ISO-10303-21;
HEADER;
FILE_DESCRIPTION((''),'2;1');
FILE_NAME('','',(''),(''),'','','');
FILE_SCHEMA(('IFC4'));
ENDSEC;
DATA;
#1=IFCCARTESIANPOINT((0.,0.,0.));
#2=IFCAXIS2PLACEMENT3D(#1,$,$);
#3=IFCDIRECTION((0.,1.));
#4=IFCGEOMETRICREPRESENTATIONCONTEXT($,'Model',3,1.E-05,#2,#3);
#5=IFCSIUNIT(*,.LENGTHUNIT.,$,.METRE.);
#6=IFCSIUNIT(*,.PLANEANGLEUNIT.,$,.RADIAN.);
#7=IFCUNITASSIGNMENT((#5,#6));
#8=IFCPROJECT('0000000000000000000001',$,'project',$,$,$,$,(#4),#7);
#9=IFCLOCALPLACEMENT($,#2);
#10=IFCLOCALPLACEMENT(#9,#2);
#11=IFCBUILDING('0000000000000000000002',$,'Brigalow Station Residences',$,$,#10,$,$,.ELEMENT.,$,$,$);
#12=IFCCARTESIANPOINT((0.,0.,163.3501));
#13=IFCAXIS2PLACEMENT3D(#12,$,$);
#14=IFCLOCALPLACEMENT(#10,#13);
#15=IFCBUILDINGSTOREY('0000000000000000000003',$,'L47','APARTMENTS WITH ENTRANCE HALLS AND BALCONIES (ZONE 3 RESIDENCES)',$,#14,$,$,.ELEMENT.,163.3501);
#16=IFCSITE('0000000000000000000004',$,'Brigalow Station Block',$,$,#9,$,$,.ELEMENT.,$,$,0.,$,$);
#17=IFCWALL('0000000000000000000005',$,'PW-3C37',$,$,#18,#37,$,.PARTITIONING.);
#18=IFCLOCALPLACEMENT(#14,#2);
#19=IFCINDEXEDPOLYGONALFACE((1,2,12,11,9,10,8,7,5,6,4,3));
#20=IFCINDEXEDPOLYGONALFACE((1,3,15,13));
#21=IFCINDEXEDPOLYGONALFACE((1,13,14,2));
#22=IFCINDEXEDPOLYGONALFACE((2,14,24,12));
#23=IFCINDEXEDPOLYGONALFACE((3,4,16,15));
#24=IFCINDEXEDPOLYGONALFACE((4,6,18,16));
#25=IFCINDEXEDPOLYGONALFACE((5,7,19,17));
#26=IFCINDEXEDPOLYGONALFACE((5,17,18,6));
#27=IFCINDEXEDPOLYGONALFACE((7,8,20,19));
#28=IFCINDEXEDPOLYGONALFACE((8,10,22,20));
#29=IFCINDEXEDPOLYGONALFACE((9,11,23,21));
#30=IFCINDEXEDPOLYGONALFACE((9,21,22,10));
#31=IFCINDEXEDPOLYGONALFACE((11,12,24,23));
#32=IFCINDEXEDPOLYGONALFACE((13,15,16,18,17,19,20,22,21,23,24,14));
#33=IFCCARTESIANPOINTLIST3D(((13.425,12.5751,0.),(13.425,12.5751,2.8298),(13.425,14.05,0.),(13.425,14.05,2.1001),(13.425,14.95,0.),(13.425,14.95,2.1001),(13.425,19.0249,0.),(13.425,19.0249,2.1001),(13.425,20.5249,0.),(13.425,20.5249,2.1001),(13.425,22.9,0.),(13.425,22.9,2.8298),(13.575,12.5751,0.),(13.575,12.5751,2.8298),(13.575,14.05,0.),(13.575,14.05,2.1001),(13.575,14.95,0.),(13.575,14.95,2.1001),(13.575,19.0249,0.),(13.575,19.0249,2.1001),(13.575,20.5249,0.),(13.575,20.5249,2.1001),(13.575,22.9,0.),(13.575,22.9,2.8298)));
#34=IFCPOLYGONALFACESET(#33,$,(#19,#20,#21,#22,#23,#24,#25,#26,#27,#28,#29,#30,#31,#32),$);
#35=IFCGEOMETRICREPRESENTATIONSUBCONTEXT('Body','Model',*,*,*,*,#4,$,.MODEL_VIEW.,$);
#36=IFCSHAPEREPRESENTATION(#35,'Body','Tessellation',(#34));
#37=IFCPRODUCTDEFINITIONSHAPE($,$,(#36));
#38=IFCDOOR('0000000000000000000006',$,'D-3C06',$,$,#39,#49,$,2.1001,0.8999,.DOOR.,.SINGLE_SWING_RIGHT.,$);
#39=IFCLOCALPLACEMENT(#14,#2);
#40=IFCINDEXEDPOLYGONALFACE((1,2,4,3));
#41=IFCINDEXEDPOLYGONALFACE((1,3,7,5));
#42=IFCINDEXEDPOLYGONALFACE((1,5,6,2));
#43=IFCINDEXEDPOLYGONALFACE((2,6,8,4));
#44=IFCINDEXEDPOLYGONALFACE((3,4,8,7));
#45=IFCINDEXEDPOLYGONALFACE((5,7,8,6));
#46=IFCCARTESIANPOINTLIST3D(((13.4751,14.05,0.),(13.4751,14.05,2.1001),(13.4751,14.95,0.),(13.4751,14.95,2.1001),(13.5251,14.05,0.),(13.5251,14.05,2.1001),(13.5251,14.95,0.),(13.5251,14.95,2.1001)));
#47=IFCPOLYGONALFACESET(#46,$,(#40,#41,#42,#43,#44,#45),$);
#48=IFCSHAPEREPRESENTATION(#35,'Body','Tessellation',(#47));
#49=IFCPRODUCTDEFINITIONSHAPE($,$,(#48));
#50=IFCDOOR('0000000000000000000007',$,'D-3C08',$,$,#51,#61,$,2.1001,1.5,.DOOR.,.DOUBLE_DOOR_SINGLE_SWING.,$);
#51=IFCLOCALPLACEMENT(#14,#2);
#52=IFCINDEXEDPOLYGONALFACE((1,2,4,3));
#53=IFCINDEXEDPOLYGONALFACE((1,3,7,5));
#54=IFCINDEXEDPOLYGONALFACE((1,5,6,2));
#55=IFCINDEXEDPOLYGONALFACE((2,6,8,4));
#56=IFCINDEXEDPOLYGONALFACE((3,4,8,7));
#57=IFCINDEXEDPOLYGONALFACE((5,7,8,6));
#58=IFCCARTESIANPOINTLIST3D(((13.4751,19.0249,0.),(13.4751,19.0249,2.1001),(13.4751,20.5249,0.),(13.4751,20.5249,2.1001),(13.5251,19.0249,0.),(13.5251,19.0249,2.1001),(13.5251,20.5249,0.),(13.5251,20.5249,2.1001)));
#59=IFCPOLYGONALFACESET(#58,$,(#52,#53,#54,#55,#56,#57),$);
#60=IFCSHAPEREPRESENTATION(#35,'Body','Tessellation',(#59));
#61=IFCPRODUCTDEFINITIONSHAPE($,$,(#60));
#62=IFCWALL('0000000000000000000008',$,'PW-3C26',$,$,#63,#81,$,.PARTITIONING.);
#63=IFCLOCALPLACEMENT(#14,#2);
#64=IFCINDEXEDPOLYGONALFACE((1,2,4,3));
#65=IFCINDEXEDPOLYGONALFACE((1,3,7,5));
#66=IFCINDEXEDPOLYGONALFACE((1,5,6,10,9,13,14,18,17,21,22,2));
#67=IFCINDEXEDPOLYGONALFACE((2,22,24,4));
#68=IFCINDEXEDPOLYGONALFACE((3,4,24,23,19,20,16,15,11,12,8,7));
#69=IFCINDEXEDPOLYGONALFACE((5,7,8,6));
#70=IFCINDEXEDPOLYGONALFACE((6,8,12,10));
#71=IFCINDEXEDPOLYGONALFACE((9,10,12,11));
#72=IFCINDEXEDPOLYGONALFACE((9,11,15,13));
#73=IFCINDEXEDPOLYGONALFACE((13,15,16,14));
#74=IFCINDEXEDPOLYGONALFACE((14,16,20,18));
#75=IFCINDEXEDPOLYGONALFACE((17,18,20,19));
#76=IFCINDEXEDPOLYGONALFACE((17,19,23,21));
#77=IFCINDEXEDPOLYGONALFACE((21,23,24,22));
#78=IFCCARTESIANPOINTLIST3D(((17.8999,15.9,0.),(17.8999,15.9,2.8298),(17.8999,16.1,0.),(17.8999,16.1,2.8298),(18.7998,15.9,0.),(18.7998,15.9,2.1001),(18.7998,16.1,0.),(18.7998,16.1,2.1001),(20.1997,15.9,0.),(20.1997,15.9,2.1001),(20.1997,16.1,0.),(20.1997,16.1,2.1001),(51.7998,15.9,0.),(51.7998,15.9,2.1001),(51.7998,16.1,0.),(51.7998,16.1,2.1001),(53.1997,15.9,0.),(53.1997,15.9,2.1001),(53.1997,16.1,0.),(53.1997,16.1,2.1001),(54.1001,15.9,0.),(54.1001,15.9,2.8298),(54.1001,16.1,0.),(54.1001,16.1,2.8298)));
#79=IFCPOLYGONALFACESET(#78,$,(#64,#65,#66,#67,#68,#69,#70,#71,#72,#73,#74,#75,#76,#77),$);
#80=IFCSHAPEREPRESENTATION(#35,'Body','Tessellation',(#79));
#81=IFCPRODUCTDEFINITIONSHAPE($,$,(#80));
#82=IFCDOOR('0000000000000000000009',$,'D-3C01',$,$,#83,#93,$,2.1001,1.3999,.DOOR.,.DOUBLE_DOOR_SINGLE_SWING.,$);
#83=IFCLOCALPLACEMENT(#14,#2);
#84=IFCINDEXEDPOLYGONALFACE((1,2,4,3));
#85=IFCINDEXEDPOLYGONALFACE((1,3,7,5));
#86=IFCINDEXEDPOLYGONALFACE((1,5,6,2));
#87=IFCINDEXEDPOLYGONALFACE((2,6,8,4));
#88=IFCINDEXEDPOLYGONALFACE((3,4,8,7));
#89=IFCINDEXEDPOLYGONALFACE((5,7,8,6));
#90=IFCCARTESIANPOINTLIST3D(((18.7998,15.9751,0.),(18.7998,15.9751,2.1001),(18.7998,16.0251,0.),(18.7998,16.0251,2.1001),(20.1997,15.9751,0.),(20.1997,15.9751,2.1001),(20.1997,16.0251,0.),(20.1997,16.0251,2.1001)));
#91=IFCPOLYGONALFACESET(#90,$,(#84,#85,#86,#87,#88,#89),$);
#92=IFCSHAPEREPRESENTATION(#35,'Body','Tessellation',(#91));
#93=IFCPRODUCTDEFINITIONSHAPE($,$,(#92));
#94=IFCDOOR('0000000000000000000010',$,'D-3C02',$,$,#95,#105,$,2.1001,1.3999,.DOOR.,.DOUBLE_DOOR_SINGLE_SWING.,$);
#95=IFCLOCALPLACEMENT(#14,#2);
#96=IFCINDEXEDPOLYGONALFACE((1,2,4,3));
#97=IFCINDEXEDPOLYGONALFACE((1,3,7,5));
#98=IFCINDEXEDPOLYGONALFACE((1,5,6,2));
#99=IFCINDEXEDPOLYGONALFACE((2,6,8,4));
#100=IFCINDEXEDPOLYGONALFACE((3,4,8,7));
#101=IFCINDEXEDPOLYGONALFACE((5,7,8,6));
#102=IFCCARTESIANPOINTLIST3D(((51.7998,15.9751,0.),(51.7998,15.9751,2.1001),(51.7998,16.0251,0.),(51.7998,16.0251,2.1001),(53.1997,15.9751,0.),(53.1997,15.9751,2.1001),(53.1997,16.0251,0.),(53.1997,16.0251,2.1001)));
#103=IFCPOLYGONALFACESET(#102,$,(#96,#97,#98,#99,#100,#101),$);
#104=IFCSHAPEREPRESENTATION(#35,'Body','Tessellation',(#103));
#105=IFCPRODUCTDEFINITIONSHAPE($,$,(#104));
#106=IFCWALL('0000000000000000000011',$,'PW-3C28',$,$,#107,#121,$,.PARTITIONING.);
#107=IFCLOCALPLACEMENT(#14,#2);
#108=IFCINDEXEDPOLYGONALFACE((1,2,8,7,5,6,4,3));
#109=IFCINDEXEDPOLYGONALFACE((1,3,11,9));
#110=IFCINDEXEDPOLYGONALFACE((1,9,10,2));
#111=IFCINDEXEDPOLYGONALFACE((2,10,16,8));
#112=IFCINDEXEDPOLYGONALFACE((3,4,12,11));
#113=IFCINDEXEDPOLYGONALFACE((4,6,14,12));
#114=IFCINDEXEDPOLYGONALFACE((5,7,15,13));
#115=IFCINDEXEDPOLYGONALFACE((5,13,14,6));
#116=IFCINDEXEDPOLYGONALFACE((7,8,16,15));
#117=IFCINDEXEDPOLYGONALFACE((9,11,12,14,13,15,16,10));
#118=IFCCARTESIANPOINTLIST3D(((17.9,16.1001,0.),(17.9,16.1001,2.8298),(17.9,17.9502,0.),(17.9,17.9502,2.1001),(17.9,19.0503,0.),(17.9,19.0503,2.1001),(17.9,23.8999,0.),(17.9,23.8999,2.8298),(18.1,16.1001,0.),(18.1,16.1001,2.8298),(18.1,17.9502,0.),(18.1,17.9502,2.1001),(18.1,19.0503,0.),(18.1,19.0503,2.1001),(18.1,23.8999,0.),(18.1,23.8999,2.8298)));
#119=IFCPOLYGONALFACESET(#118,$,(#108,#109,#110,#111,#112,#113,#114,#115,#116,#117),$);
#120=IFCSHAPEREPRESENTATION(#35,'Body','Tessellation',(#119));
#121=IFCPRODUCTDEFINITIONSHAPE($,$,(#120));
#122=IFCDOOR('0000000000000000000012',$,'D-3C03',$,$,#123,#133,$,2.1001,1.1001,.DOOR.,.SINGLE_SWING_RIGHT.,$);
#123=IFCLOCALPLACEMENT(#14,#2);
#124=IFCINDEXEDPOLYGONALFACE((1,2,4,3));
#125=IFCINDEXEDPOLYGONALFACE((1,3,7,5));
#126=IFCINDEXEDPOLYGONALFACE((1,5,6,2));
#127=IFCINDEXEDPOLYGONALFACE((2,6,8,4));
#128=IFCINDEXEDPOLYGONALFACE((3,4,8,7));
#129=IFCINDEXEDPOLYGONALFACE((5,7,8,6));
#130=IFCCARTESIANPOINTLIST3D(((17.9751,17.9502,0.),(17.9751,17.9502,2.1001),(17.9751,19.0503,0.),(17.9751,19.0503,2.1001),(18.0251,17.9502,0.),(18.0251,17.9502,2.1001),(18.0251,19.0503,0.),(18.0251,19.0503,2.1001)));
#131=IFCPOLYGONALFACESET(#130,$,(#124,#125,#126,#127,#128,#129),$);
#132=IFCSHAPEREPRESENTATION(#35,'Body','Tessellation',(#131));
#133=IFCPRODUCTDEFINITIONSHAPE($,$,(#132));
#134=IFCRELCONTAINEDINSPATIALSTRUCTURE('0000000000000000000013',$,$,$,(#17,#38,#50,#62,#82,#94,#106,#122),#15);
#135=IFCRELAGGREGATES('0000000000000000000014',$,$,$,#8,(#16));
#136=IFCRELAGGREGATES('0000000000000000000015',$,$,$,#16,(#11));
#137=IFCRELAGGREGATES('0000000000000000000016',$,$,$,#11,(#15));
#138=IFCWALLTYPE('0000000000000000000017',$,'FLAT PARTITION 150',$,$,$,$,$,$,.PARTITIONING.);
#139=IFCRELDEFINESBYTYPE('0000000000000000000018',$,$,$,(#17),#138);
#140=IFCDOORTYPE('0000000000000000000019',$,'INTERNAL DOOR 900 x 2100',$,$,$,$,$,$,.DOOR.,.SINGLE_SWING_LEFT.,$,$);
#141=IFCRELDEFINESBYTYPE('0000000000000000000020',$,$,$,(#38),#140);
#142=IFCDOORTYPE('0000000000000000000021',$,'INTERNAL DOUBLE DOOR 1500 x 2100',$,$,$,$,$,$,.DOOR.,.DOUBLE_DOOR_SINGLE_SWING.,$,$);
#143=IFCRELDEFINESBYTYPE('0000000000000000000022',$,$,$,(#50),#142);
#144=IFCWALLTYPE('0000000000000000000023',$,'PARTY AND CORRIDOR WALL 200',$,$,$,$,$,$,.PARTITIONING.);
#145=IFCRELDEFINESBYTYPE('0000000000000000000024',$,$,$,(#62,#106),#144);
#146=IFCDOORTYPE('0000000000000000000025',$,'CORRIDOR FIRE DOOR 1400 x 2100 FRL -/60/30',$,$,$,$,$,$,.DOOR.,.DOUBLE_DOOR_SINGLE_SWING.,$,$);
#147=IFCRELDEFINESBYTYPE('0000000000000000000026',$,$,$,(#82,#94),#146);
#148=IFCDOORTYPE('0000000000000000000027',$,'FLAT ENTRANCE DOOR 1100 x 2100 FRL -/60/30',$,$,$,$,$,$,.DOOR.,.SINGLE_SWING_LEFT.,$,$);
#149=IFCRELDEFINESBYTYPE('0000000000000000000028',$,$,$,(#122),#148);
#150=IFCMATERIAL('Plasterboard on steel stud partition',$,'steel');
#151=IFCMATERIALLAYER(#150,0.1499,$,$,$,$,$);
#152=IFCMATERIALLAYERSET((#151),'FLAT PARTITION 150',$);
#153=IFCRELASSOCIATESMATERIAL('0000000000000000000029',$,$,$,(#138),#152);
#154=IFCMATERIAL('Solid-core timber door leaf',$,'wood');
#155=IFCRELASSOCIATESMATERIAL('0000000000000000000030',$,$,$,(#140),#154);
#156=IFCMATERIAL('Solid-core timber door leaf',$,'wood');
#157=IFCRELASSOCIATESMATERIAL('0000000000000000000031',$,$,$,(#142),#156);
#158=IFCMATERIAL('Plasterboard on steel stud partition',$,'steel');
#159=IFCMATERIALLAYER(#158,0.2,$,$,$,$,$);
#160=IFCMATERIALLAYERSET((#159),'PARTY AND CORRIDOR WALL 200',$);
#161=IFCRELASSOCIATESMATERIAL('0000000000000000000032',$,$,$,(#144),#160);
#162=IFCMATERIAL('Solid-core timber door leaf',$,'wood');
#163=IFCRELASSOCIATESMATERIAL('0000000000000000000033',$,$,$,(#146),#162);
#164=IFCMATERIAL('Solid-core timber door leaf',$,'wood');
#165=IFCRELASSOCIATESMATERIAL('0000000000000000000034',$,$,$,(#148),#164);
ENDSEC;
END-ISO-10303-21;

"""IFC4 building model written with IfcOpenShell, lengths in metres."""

from ifc_helpers import new_model, si_unit, direction, frame, frame_2d, origin, place, context, subcontext, project, spatial, rectangle, extrude, material, layer, layer_set, type_object, element, fill, save


model = new_model("IFC4")

# Units and contexts
model_context = context("Model", 3, precision=1e-05, world=origin(), true_north=direction((0.0, 1.0)))
body_context = subcontext(model_context, "Body", "Model", "MODEL_VIEW")
ifc_project = project(units=[si_unit("LENGTHUNIT", "METRE"), si_unit("PLANEANGLEUNIT", "RADIAN")], contexts=[model_context])

# Site, building, storey
site_placement = place(None, origin())
site = spatial("IfcSite", under=ifc_project, at=site_placement, Name="Brigalow Station Block", CompositionType="ELEMENT", RefElevation=0.0)
building_placement = place(site_placement, origin())
building = spatial("IfcBuilding", under=site, at=building_placement, Name="Brigalow Station Residences", CompositionType="ELEMENT")
storey_placement = place(building_placement, frame((0.0, 0.0, 163.3501)))
storey = spatial("IfcBuildingStorey", under=building, at=storey_placement, Name="L47", Description="APARTMENTS WITH ENTRANCE HALLS AND BALCONIES (ZONE 3 RESIDENCES)", CompositionType="ELEMENT", Elevation=163.3501)

# Shared definitions
ifc_material_1 = material(Name="Plasterboard on steel stud partition", Category="steel")
ifc_layer_1 = layer(ifc_material_1, 0.1499)
ifc_layer_set_1 = layer_set([ifc_layer_1], Name="FLAT PARTITION 150")
wall_type_1 = type_object("IfcWallType", Name="FLAT PARTITION 150", PredefinedType="PARTITIONING", material=ifc_layer_set_1)
ifc_material_2 = material(Name="Solid-core timber door leaf", Category="wood")
door_type_1 = type_object("IfcDoorType", Name="INTERNAL DOOR 900 x 2100", OperationType="SINGLE_SWING_LEFT", PredefinedType="DOOR", material=ifc_material_2)

# Walls, openings, doors
wall_1_placement = place(storey_placement, frame((13.5, 12.575, 0.0), z_axis=(0.0, 0.0, 1.0), x_axis=(0.0, 1.0, 0.0)))
wall_1 = element("IfcWall", 1, at=wall_1_placement, inside=storey, type_object=wall_type_1, Name="PW-3C37", PredefinedType="PARTITIONING", context=body_context, shape_type="SweptSolid", body=[
    extrude(rectangle(XDim=10.325, YDim=0.1499, at=frame_2d((5.1626, 0.0))), origin(), (0.0, 0.0, 1.0), 2.8298),
])
opening_1_placement = place(wall_1_placement, frame((1.4751, 0.0, 0.0)))
opening_1 = element("IfcOpeningElement", 2, at=opening_1_placement, cuts=wall_1, PredefinedType="OPENING", context=body_context, shape_type="SweptSolid", body=[
    extrude(rectangle(XDim=0.8999, YDim=2.1001, at=frame_2d((0.45, 1.05))), frame((0.0, 0.085, 0.0), z_axis=(0.0, -1.0, 0.0), x_axis=(1.0, 0.0, 0.0)), (0.0, 0.0, 1.0), 0.1699),
])
opening_2_placement = place(wall_1_placement, frame((6.45, 0.0, 0.0)))
opening_2 = element("IfcOpeningElement", 3, at=opening_2_placement, cuts=wall_1, PredefinedType="OPENING", context=body_context, shape_type="SweptSolid", body=[
    extrude(rectangle(XDim=1.5, YDim=2.1001, at=frame_2d((0.75, 1.05))), frame((0.0, 0.085, 0.0), z_axis=(0.0, -1.0, 0.0), x_axis=(1.0, 0.0, 0.0)), (0.0, 0.0, 1.0), 0.1699),
])
door_1_placement = place(opening_1_placement, origin())
door_1 = element("IfcDoor", 4, at=door_1_placement, inside=storey, type_object=door_type_1, Name="D-3C06", OperationType="SINGLE_SWING_RIGHT", OverallHeight=2.1001, OverallWidth=0.8999, PredefinedType="DOOR", context=body_context, shape_type="SweptSolid", body=[
    extrude(rectangle(XDim=0.8999, YDim=2.1001, at=frame_2d((0.45, 1.05))), frame((0.0, 0.0249, 0.0), z_axis=(0.0, -1.0, 0.0), x_axis=(1.0, 0.0, 0.0)), (0.0, 0.0, 1.0), 0.05),
])
fill(opening_1, door_1)
ifc_material_3 = material(Name="Solid-core timber door leaf", Category="wood")
door_type_2 = type_object("IfcDoorType", Name="INTERNAL DOUBLE DOOR 1500 x 2100", OperationType="DOUBLE_DOOR_SINGLE_SWING", PredefinedType="DOOR", material=ifc_material_3)
door_2_placement = place(opening_2_placement, origin())
door_2 = element("IfcDoor", 5, at=door_2_placement, inside=storey, type_object=door_type_2, Name="D-3C08", OperationType="DOUBLE_DOOR_SINGLE_SWING", OverallHeight=2.1001, OverallWidth=1.5, PredefinedType="DOOR", context=body_context, shape_type="SweptSolid", body=[
    extrude(rectangle(XDim=1.5, YDim=2.1001, at=frame_2d((0.75, 1.05))), frame((0.0, 0.0249, 0.0), z_axis=(0.0, -1.0, 0.0), x_axis=(1.0, 0.0, 0.0)), (0.0, 0.0, 1.0), 0.05),
])
fill(opening_2, door_2)
ifc_material_4 = material(Name="Plasterboard on steel stud partition", Category="steel")
ifc_layer_2 = layer(ifc_material_4, 0.2)
ifc_layer_set_2 = layer_set([ifc_layer_2], Name="PARTY AND CORRIDOR WALL 200")
wall_type_2 = type_object("IfcWallType", Name="PARTY AND CORRIDOR WALL 200", PredefinedType="PARTITIONING", material=ifc_layer_set_2)
wall_2_placement = place(storey_placement, frame((17.8999, 16.0, 0.0), z_axis=(0.0, 0.0, 1.0), x_axis=(1.0, 0.0, 0.0)))
wall_2 = element("IfcWall", 6, at=wall_2_placement, inside=storey, type_object=wall_type_2, Name="PW-3C26", PredefinedType="PARTITIONING", context=body_context, shape_type="SweptSolid", body=[
    extrude(rectangle(XDim=36.2002, YDim=0.2, at=frame_2d((18.1001, 0.0))), origin(), (0.0, 0.0, 1.0), 2.8298),
])
opening_3_placement = place(wall_2_placement, frame((0.8999, 0.0, 0.0)))
opening_3 = element("IfcOpeningElement", 7, at=opening_3_placement, cuts=wall_2, PredefinedType="OPENING", context=body_context, shape_type="SweptSolid", body=[
    extrude(rectangle(XDim=1.3999, YDim=2.1001, at=frame_2d((0.7, 1.05))), frame((0.0, 0.1099, 0.0), z_axis=(0.0, -1.0, 0.0), x_axis=(1.0, 0.0, 0.0)), (0.0, 0.0, 1.0), 0.22),
])
opening_4_placement = place(wall_2_placement, frame((33.8999, 0.0, 0.0)))
opening_4 = element("IfcOpeningElement", 8, at=opening_4_placement, cuts=wall_2, PredefinedType="OPENING", context=body_context, shape_type="SweptSolid", body=[
    extrude(rectangle(XDim=1.3999, YDim=2.1001, at=frame_2d((0.7, 1.05))), frame((0.0, 0.1099, 0.0), z_axis=(0.0, -1.0, 0.0), x_axis=(1.0, 0.0, 0.0)), (0.0, 0.0, 1.0), 0.22),
])
ifc_material_5 = material(Name="Solid-core timber door leaf", Category="wood")
door_type_3 = type_object("IfcDoorType", Name="CORRIDOR FIRE DOOR 1400 x 2100 FRL -/60/30", OperationType="DOUBLE_DOOR_SINGLE_SWING", PredefinedType="DOOR", material=ifc_material_5)
door_3_placement = place(opening_3_placement, frame((1.3999, 0.0, 0.0), z_axis=(0.0, 0.0, 1.0), x_axis=(-1.0, 0.0, 0.0)))
door_3 = element("IfcDoor", 9, at=door_3_placement, inside=storey, type_object=door_type_3, Name="D-3C01", OperationType="DOUBLE_DOOR_SINGLE_SWING", OverallHeight=2.1001, OverallWidth=1.3999, PredefinedType="DOOR", context=body_context, shape_type="SweptSolid", body=[
    extrude(rectangle(XDim=1.3999, YDim=2.1001, at=frame_2d((0.7, 1.05))), frame((0.0, 0.0249, 0.0), z_axis=(0.0, -1.0, 0.0), x_axis=(1.0, 0.0, 0.0)), (0.0, 0.0, 1.0), 0.05),
])
fill(opening_3, door_3)
door_4_placement = place(opening_4_placement, frame((1.3999, 0.0, 0.0), z_axis=(0.0, 0.0, 1.0), x_axis=(-1.0, 0.0, 0.0)))
door_4 = element("IfcDoor", 10, at=door_4_placement, inside=storey, type_object=door_type_3, Name="D-3C02", OperationType="DOUBLE_DOOR_SINGLE_SWING", OverallHeight=2.1001, OverallWidth=1.3999, PredefinedType="DOOR", context=body_context, shape_type="SweptSolid", body=[
    extrude(rectangle(XDim=1.3999, YDim=2.1001, at=frame_2d((0.7, 1.05))), frame((0.0, 0.0249, 0.0), z_axis=(0.0, -1.0, 0.0), x_axis=(1.0, 0.0, 0.0)), (0.0, 0.0, 1.0), 0.05),
])
fill(opening_4, door_4)

# Wall, opening, door
wall_3_placement = place(storey_placement, frame((18.0, 16.1001, 0.0), z_axis=(0.0, 0.0, 1.0), x_axis=(0.0, 1.0, 0.0)))
wall_3 = element("IfcWall", 11, at=wall_3_placement, inside=storey, type_object=wall_type_2, Name="PW-3C28", PredefinedType="PARTITIONING", context=body_context, shape_type="SweptSolid", body=[
    extrude(rectangle(XDim=7.7998, YDim=0.2, at=frame_2d((3.8999, 0.0))), origin(), (0.0, 0.0, 1.0), 2.8298),
])
opening_5_placement = place(wall_3_placement, frame((1.8501, 0.0, 0.0)))
opening_5 = element("IfcOpeningElement", 12, at=opening_5_placement, cuts=wall_3, PredefinedType="OPENING", context=body_context, shape_type="SweptSolid", body=[
    extrude(rectangle(XDim=1.1001, YDim=2.1001, at=frame_2d((0.55, 1.05))), frame((0.0, 0.1099, 0.0), z_axis=(0.0, -1.0, 0.0), x_axis=(1.0, 0.0, 0.0)), (0.0, 0.0, 1.0), 0.22),
])
ifc_material_6 = material(Name="Solid-core timber door leaf", Category="wood")
door_type_4 = type_object("IfcDoorType", Name="FLAT ENTRANCE DOOR 1100 x 2100 FRL -/60/30", OperationType="SINGLE_SWING_LEFT", PredefinedType="DOOR", material=ifc_material_6)
door_5_placement = place(opening_5_placement, origin())
door_5 = element("IfcDoor", 13, at=door_5_placement, inside=storey, type_object=door_type_4, Name="D-3C03", OperationType="SINGLE_SWING_RIGHT", OverallHeight=2.1001, OverallWidth=1.1001, PredefinedType="DOOR", context=body_context, shape_type="SweptSolid", body=[
    extrude(rectangle(XDim=1.1001, YDim=2.1001, at=frame_2d((0.55, 1.05))), frame((0.0, 0.0249, 0.0), z_axis=(0.0, -1.0, 0.0), x_axis=(1.0, 0.0, 0.0)), (0.0, 0.0, 1.0), 0.05),
])
fill(opening_5, door_5)

save(model, "model.ifc")
